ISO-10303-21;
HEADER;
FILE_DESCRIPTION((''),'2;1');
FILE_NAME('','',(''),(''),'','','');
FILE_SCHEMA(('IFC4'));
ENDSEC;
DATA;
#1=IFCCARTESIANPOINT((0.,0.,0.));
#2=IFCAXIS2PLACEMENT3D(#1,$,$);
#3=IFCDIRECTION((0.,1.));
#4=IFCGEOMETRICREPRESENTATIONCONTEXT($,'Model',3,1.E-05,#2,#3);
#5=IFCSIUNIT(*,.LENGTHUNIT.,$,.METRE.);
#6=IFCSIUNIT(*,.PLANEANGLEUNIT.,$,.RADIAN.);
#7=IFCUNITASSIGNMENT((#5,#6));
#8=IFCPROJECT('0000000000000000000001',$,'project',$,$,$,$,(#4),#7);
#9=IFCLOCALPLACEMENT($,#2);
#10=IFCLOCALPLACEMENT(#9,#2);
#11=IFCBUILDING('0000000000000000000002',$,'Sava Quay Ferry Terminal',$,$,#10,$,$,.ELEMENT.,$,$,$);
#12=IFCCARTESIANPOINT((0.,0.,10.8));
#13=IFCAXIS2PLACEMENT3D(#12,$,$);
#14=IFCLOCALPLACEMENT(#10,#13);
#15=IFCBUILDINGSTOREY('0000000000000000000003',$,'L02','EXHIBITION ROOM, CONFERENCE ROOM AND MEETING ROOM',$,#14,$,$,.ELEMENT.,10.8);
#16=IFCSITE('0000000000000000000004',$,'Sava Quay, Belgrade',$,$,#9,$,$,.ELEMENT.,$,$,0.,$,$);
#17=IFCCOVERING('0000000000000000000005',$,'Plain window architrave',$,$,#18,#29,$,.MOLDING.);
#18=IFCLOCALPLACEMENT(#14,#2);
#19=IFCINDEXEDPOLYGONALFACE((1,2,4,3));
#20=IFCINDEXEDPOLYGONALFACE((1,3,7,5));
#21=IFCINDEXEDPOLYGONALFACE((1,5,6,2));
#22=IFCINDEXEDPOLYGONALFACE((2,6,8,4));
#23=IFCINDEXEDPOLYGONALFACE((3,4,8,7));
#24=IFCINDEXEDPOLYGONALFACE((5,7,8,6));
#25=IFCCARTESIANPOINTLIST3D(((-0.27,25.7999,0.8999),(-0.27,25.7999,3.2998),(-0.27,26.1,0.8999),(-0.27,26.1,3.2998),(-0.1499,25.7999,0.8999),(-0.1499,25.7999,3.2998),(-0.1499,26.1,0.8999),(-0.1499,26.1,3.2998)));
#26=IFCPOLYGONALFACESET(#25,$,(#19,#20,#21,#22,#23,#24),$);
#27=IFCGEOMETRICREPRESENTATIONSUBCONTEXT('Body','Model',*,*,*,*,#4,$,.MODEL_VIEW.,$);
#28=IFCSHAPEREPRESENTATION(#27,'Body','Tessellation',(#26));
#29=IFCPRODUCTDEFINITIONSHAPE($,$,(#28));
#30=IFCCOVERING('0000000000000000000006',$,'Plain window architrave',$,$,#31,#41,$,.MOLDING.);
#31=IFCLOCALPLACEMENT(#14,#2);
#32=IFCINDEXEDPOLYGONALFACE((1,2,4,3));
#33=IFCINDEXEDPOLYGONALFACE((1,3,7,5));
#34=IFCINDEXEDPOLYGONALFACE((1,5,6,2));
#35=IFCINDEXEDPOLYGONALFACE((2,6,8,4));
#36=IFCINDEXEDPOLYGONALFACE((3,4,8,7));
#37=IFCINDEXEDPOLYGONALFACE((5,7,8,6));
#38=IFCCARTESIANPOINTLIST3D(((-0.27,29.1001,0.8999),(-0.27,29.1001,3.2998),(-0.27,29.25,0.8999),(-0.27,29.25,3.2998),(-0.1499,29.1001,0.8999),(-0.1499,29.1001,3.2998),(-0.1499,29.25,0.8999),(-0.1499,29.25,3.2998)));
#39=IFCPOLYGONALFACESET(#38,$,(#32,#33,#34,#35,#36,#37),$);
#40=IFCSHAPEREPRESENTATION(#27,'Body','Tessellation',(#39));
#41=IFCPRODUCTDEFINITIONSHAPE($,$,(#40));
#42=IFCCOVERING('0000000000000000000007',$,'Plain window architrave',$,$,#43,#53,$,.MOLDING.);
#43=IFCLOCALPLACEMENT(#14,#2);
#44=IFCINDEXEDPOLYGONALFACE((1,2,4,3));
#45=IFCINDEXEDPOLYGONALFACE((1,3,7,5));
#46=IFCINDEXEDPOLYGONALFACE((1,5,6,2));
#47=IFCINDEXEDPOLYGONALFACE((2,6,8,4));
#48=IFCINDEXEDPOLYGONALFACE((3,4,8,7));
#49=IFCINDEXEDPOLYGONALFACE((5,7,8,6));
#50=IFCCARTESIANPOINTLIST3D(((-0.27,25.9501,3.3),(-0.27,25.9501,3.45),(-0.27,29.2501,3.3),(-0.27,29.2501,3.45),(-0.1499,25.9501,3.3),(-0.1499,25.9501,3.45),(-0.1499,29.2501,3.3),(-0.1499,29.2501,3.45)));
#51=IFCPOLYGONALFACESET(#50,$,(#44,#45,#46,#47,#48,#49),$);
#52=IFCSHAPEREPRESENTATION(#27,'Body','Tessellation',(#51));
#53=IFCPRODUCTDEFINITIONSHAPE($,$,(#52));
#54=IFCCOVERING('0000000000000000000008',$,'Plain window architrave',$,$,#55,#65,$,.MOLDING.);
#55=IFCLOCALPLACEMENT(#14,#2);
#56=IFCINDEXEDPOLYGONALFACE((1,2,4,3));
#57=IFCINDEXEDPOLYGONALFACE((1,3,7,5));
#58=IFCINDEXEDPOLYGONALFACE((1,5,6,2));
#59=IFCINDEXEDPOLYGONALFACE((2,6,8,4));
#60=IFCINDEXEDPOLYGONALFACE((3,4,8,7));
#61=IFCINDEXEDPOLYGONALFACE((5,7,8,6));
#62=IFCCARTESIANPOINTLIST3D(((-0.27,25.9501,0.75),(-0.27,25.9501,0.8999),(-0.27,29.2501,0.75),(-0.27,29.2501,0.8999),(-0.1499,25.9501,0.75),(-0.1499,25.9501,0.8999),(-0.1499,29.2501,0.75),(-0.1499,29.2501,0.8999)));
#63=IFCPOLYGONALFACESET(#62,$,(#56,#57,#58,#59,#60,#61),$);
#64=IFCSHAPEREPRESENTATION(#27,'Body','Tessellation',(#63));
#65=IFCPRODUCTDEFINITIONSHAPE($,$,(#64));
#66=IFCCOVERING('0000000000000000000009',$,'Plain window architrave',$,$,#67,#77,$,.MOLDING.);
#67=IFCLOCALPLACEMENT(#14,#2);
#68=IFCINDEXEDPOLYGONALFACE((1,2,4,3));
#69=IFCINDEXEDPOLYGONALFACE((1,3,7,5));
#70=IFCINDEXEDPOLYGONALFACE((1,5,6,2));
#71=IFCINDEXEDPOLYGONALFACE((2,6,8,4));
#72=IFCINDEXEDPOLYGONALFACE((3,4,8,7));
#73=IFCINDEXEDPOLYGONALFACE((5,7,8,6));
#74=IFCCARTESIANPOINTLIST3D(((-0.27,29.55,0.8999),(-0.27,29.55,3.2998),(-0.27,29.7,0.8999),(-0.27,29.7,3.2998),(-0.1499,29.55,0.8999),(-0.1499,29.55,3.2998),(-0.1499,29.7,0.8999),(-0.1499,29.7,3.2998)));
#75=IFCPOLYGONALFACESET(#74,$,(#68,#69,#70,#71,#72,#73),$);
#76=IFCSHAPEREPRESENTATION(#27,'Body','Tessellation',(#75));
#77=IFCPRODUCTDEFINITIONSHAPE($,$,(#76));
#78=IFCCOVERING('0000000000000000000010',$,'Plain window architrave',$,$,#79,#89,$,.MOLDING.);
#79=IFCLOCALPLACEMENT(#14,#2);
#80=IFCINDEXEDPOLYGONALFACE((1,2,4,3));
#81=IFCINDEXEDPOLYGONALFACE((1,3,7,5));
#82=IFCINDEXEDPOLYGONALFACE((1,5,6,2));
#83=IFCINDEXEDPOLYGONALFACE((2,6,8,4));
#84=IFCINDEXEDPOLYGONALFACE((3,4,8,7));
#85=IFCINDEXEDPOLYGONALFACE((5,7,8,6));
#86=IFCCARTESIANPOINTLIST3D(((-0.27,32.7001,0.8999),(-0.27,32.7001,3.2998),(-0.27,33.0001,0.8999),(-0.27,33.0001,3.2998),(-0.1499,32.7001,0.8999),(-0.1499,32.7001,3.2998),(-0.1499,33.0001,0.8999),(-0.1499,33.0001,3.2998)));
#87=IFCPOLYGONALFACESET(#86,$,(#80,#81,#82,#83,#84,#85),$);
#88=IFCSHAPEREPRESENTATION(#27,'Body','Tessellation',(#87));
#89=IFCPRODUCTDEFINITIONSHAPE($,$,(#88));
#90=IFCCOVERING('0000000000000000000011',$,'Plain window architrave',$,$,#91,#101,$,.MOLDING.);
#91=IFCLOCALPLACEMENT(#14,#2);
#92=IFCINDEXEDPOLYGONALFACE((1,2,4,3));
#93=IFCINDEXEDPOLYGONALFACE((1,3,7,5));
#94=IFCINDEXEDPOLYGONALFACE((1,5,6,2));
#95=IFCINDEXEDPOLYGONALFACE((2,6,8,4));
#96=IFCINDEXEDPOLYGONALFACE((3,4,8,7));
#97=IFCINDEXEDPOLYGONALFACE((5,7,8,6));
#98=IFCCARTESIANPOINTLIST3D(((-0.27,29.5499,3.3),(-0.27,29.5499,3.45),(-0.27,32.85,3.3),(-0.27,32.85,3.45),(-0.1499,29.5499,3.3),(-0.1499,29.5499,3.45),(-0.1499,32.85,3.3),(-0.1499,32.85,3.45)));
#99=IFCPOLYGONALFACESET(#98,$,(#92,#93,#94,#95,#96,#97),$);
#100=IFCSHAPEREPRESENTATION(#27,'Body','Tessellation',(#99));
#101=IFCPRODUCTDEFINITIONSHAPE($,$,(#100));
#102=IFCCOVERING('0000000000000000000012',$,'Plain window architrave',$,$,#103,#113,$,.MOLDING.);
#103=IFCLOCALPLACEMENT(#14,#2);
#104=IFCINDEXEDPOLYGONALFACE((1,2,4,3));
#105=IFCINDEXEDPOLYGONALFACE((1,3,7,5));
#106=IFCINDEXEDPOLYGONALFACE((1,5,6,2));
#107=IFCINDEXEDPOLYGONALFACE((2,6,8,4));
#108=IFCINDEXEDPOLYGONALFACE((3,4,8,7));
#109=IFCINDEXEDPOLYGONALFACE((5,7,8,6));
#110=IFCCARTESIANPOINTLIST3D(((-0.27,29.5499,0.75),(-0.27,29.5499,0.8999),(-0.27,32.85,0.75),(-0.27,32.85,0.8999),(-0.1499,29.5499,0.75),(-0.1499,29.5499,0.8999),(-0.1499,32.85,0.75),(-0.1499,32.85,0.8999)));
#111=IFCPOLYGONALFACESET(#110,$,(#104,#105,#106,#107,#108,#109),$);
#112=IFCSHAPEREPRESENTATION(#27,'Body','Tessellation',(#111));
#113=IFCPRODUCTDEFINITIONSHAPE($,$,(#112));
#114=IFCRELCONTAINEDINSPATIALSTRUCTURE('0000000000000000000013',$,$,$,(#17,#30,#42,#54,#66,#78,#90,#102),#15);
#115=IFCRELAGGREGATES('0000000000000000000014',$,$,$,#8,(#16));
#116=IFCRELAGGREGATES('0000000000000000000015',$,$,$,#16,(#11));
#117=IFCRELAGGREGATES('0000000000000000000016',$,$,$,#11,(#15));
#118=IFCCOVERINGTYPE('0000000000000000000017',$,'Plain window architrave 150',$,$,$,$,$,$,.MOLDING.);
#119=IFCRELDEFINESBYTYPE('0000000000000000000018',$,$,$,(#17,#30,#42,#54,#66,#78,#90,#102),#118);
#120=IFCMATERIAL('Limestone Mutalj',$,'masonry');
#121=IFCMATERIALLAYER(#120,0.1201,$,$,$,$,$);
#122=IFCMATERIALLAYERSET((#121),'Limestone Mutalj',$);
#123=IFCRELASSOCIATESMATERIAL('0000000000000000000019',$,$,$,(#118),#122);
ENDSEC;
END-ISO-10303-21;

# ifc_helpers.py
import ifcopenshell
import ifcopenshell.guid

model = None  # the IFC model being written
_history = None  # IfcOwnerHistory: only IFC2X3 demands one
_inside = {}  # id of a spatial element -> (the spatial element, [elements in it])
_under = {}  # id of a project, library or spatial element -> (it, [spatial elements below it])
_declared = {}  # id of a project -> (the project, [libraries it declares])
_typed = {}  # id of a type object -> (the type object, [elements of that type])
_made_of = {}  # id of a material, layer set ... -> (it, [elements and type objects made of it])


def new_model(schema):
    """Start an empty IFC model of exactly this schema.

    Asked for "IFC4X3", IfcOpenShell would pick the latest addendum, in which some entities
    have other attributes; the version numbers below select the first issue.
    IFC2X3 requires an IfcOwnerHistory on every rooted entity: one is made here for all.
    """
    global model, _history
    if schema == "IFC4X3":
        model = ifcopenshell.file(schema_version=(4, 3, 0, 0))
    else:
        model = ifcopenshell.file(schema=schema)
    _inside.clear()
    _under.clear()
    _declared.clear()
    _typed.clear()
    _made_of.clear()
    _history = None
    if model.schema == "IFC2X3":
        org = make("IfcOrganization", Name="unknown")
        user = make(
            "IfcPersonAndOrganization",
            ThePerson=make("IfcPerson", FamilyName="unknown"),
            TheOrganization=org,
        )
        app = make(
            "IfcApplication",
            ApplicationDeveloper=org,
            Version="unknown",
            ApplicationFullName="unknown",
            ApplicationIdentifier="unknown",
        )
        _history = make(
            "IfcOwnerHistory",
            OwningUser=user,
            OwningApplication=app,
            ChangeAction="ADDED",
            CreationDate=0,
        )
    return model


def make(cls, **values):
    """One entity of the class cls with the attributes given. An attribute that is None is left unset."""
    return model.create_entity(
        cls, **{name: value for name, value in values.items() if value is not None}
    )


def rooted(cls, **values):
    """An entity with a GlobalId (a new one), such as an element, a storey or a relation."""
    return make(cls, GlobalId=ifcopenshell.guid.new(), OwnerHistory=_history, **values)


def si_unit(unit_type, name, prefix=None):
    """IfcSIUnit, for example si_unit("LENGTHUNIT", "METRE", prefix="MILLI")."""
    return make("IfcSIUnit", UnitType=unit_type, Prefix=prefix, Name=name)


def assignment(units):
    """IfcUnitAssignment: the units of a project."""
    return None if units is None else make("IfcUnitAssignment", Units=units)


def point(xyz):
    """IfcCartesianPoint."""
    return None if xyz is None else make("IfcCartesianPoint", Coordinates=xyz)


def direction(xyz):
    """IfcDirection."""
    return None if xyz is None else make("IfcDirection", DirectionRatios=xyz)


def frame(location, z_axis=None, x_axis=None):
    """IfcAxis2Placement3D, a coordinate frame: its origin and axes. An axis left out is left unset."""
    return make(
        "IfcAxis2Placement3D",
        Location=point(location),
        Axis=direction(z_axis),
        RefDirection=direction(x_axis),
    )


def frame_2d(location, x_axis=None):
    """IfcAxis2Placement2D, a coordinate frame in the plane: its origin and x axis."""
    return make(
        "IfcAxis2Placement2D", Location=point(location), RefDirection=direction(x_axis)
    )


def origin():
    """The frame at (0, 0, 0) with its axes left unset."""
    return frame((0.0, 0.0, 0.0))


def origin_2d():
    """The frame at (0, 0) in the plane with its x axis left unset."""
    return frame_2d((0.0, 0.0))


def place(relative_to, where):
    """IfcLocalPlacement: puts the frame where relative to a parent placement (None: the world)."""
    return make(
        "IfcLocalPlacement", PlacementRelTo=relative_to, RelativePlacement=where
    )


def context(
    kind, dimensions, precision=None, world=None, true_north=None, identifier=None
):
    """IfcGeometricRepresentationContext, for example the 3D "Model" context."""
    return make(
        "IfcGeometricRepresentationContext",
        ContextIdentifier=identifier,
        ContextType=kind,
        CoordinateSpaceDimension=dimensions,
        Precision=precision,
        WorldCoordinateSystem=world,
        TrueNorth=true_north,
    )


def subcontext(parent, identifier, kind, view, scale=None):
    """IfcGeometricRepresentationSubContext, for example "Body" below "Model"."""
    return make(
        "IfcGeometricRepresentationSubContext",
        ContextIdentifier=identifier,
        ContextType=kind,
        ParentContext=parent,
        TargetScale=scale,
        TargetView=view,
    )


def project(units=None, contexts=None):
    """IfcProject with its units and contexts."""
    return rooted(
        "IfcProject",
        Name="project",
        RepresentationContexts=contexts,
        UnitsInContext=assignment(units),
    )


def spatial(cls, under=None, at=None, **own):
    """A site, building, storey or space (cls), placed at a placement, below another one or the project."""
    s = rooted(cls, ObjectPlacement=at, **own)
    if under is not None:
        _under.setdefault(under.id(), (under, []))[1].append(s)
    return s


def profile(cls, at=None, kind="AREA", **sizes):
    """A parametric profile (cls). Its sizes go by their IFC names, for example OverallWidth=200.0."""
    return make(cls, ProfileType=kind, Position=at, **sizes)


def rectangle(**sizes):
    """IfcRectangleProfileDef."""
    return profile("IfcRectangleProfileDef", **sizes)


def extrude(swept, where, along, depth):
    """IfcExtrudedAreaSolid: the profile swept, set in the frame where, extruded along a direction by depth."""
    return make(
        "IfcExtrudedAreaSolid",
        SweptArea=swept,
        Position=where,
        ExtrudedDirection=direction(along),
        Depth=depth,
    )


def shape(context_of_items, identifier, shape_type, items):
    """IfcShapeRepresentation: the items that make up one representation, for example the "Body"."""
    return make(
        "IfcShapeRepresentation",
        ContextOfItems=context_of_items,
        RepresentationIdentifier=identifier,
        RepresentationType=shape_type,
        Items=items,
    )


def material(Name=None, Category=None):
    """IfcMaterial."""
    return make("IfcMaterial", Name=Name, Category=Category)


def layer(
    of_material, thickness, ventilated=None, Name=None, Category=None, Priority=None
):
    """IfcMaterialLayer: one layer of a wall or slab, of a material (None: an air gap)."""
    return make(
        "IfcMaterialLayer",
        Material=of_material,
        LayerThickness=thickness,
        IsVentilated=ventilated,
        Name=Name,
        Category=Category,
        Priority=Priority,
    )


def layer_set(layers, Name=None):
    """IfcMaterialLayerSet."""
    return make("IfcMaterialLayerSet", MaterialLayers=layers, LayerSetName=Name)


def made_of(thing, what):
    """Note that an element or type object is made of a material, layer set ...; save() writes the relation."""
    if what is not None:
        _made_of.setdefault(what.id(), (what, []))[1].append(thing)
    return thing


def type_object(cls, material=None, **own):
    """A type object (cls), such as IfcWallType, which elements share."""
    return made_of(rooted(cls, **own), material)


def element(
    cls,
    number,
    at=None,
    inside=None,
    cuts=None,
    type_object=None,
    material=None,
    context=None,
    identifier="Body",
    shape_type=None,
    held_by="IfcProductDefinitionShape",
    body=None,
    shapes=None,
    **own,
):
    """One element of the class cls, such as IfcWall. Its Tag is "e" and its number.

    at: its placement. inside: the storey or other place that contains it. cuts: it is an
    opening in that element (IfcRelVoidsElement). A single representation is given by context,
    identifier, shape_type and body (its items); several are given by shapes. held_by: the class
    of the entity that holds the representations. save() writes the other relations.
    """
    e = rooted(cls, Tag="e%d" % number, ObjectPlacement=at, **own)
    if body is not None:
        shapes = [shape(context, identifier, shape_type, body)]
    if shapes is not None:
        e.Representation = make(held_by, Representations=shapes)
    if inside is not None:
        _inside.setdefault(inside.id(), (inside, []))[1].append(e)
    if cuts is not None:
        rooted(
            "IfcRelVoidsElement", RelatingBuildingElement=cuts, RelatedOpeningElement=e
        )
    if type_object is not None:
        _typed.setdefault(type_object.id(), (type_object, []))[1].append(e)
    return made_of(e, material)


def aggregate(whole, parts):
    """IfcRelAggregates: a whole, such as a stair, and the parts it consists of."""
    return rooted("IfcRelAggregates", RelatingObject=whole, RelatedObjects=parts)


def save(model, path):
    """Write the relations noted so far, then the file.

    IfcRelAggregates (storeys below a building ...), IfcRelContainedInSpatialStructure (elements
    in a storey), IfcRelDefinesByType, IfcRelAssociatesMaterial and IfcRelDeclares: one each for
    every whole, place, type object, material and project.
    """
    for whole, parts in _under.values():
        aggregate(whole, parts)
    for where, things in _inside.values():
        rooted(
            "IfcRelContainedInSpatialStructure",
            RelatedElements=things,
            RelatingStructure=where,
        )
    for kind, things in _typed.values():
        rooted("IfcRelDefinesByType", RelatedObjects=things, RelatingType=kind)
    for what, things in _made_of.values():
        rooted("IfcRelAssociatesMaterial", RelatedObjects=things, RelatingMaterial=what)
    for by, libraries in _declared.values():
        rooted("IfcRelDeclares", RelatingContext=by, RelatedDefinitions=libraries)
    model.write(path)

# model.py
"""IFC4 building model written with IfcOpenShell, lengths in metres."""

from ifc_helpers import new_model, si_unit, direction, frame, origin, origin_2d, place, context, subcontext, project, spatial, rectangle, extrude, material, layer, layer_set, type_object, element, save


model = new_model("IFC4")

# Units and contexts
model_context = context("Model", 3, precision=1e-05, world=origin(), true_north=direction((0.0, 1.0)))
body_context = subcontext(model_context, "Body", "Model", "MODEL_VIEW")
ifc_project = project(units=[si_unit("LENGTHUNIT", "METRE"), si_unit("PLANEANGLEUNIT", "RADIAN")], contexts=[model_context])

# Site, building, storey
site_placement = place(None, origin())
site = spatial("IfcSite", under=ifc_project, at=site_placement, Name="Sava Quay, Belgrade", CompositionType="ELEMENT", RefElevation=0.0)
building_placement = place(site_placement, origin())
building = spatial("IfcBuilding", under=site, at=building_placement, Name="Sava Quay Ferry Terminal", CompositionType="ELEMENT")
storey_placement = place(building_placement, frame((0.0, 0.0, 10.8)))
storey = spatial("IfcBuildingStorey", under=building, at=storey_placement, Name="L02", Description="EXHIBITION ROOM, CONFERENCE ROOM AND MEETING ROOM", CompositionType="ELEMENT", Elevation=10.8)

# Coverings
ifc_material_1 = material(Name="Limestone Mutalj", Category="masonry")
ifc_layer_1 = layer(ifc_material_1, 0.1201)
ifc_layer_set_1 = layer_set([ifc_layer_1], Name="Limestone Mutalj")
covering_type_1 = type_object("IfcCoveringType", Name="Plain window architrave 150", PredefinedType="MOLDING", material=ifc_layer_set_1)
covering_1_placement = place(storey_placement, frame((-0.21, 25.95, 0.8999), z_axis=(0.0, 0.0, 1.0), x_axis=(1.0, 0.0, 0.0)))
element("IfcCovering", 1, at=covering_1_placement, inside=storey, type_object=covering_type_1, Name="Plain window architrave", PredefinedType="MOLDING", context=body_context, shape_type="SweptSolid", body=[
    extrude(rectangle(XDim=0.1201, YDim=0.3, at=origin_2d()), origin(), (0.0, 0.0, 1.0), 2.3999),
])
covering_2_placement = place(storey_placement, frame((-0.21, 29.175, 0.8999), z_axis=(0.0, 0.0, 1.0), x_axis=(1.0, 0.0, 0.0)))
element("IfcCovering", 2, at=covering_2_placement, inside=storey, type_object=covering_type_1, Name="Plain window architrave", PredefinedType="MOLDING", context=body_context, shape_type="SweptSolid", body=[
    extrude(rectangle(XDim=0.1201, YDim=0.1499, at=origin_2d()), origin(), (0.0, 0.0, 1.0), 2.3999),
])
for number, where, z_axis, x_axis, name in (
    (3, (-0.21, 27.6001, 3.3), (0.0, 0.0, 1.0), (1.0, 0.0, 0.0), "Plain window architrave"),
    (4, (-0.21, 27.6001, 0.75), (0.0, 0.0, 1.0), (1.0, 0.0, 0.0), "Plain window architrave"),
):
    element("IfcCovering", number, at=place(storey_placement, frame(where, z_axis=z_axis, x_axis=x_axis)), inside=storey, type_object=covering_type_1, Name=name, PredefinedType="MOLDING", context=body_context, shape_type="SweptSolid", body=[
        extrude(rectangle(XDim=0.1201, YDim=3.3, at=origin_2d()), origin(), (0.0, 0.0, 1.0), 0.1499),
    ])
covering_3_placement = place(storey_placement, frame((-0.21, 29.625, 0.8999), z_axis=(0.0, 0.0, 1.0), x_axis=(1.0, 0.0, 0.0)))
element("IfcCovering", 5, at=covering_3_placement, inside=storey, type_object=covering_type_1, Name="Plain window architrave", PredefinedType="MOLDING", context=body_context, shape_type="SweptSolid", body=[
    extrude(rectangle(XDim=0.1201, YDim=0.1499, at=origin_2d()), origin(), (0.0, 0.0, 1.0), 2.3999),
])
covering_4_placement = place(storey_placement, frame((-0.21, 32.8501, 0.8999), z_axis=(0.0, 0.0, 1.0), x_axis=(1.0, 0.0, 0.0)))
element("IfcCovering", 6, at=covering_4_placement, inside=storey, type_object=covering_type_1, Name="Plain window architrave", PredefinedType="MOLDING", context=body_context, shape_type="SweptSolid", body=[
    extrude(rectangle(XDim=0.1201, YDim=0.3, at=origin_2d()), origin(), (0.0, 0.0, 1.0), 2.3999),
])
for number, where, z_axis, x_axis, name in (
    (7, (-0.21, 31.2, 3.3), (0.0, 0.0, 1.0), (1.0, 0.0, 0.0), "Plain window architrave"),
    (8, (-0.21, 31.2, 0.75), (0.0, 0.0, 1.0), (1.0, 0.0, 0.0), "Plain window architrave"),
):
    element("IfcCovering", number, at=place(storey_placement, frame(where, z_axis=z_axis, x_axis=x_axis)), inside=storey, type_object=covering_type_1, Name=name, PredefinedType="MOLDING", context=body_context, shape_type="SweptSolid", body=[
        extrude(rectangle(XDim=0.1201, YDim=3.3, at=origin_2d()), origin(), (0.0, 0.0, 1.0), 0.1499),
    ])

save(model, "model.ifc")
